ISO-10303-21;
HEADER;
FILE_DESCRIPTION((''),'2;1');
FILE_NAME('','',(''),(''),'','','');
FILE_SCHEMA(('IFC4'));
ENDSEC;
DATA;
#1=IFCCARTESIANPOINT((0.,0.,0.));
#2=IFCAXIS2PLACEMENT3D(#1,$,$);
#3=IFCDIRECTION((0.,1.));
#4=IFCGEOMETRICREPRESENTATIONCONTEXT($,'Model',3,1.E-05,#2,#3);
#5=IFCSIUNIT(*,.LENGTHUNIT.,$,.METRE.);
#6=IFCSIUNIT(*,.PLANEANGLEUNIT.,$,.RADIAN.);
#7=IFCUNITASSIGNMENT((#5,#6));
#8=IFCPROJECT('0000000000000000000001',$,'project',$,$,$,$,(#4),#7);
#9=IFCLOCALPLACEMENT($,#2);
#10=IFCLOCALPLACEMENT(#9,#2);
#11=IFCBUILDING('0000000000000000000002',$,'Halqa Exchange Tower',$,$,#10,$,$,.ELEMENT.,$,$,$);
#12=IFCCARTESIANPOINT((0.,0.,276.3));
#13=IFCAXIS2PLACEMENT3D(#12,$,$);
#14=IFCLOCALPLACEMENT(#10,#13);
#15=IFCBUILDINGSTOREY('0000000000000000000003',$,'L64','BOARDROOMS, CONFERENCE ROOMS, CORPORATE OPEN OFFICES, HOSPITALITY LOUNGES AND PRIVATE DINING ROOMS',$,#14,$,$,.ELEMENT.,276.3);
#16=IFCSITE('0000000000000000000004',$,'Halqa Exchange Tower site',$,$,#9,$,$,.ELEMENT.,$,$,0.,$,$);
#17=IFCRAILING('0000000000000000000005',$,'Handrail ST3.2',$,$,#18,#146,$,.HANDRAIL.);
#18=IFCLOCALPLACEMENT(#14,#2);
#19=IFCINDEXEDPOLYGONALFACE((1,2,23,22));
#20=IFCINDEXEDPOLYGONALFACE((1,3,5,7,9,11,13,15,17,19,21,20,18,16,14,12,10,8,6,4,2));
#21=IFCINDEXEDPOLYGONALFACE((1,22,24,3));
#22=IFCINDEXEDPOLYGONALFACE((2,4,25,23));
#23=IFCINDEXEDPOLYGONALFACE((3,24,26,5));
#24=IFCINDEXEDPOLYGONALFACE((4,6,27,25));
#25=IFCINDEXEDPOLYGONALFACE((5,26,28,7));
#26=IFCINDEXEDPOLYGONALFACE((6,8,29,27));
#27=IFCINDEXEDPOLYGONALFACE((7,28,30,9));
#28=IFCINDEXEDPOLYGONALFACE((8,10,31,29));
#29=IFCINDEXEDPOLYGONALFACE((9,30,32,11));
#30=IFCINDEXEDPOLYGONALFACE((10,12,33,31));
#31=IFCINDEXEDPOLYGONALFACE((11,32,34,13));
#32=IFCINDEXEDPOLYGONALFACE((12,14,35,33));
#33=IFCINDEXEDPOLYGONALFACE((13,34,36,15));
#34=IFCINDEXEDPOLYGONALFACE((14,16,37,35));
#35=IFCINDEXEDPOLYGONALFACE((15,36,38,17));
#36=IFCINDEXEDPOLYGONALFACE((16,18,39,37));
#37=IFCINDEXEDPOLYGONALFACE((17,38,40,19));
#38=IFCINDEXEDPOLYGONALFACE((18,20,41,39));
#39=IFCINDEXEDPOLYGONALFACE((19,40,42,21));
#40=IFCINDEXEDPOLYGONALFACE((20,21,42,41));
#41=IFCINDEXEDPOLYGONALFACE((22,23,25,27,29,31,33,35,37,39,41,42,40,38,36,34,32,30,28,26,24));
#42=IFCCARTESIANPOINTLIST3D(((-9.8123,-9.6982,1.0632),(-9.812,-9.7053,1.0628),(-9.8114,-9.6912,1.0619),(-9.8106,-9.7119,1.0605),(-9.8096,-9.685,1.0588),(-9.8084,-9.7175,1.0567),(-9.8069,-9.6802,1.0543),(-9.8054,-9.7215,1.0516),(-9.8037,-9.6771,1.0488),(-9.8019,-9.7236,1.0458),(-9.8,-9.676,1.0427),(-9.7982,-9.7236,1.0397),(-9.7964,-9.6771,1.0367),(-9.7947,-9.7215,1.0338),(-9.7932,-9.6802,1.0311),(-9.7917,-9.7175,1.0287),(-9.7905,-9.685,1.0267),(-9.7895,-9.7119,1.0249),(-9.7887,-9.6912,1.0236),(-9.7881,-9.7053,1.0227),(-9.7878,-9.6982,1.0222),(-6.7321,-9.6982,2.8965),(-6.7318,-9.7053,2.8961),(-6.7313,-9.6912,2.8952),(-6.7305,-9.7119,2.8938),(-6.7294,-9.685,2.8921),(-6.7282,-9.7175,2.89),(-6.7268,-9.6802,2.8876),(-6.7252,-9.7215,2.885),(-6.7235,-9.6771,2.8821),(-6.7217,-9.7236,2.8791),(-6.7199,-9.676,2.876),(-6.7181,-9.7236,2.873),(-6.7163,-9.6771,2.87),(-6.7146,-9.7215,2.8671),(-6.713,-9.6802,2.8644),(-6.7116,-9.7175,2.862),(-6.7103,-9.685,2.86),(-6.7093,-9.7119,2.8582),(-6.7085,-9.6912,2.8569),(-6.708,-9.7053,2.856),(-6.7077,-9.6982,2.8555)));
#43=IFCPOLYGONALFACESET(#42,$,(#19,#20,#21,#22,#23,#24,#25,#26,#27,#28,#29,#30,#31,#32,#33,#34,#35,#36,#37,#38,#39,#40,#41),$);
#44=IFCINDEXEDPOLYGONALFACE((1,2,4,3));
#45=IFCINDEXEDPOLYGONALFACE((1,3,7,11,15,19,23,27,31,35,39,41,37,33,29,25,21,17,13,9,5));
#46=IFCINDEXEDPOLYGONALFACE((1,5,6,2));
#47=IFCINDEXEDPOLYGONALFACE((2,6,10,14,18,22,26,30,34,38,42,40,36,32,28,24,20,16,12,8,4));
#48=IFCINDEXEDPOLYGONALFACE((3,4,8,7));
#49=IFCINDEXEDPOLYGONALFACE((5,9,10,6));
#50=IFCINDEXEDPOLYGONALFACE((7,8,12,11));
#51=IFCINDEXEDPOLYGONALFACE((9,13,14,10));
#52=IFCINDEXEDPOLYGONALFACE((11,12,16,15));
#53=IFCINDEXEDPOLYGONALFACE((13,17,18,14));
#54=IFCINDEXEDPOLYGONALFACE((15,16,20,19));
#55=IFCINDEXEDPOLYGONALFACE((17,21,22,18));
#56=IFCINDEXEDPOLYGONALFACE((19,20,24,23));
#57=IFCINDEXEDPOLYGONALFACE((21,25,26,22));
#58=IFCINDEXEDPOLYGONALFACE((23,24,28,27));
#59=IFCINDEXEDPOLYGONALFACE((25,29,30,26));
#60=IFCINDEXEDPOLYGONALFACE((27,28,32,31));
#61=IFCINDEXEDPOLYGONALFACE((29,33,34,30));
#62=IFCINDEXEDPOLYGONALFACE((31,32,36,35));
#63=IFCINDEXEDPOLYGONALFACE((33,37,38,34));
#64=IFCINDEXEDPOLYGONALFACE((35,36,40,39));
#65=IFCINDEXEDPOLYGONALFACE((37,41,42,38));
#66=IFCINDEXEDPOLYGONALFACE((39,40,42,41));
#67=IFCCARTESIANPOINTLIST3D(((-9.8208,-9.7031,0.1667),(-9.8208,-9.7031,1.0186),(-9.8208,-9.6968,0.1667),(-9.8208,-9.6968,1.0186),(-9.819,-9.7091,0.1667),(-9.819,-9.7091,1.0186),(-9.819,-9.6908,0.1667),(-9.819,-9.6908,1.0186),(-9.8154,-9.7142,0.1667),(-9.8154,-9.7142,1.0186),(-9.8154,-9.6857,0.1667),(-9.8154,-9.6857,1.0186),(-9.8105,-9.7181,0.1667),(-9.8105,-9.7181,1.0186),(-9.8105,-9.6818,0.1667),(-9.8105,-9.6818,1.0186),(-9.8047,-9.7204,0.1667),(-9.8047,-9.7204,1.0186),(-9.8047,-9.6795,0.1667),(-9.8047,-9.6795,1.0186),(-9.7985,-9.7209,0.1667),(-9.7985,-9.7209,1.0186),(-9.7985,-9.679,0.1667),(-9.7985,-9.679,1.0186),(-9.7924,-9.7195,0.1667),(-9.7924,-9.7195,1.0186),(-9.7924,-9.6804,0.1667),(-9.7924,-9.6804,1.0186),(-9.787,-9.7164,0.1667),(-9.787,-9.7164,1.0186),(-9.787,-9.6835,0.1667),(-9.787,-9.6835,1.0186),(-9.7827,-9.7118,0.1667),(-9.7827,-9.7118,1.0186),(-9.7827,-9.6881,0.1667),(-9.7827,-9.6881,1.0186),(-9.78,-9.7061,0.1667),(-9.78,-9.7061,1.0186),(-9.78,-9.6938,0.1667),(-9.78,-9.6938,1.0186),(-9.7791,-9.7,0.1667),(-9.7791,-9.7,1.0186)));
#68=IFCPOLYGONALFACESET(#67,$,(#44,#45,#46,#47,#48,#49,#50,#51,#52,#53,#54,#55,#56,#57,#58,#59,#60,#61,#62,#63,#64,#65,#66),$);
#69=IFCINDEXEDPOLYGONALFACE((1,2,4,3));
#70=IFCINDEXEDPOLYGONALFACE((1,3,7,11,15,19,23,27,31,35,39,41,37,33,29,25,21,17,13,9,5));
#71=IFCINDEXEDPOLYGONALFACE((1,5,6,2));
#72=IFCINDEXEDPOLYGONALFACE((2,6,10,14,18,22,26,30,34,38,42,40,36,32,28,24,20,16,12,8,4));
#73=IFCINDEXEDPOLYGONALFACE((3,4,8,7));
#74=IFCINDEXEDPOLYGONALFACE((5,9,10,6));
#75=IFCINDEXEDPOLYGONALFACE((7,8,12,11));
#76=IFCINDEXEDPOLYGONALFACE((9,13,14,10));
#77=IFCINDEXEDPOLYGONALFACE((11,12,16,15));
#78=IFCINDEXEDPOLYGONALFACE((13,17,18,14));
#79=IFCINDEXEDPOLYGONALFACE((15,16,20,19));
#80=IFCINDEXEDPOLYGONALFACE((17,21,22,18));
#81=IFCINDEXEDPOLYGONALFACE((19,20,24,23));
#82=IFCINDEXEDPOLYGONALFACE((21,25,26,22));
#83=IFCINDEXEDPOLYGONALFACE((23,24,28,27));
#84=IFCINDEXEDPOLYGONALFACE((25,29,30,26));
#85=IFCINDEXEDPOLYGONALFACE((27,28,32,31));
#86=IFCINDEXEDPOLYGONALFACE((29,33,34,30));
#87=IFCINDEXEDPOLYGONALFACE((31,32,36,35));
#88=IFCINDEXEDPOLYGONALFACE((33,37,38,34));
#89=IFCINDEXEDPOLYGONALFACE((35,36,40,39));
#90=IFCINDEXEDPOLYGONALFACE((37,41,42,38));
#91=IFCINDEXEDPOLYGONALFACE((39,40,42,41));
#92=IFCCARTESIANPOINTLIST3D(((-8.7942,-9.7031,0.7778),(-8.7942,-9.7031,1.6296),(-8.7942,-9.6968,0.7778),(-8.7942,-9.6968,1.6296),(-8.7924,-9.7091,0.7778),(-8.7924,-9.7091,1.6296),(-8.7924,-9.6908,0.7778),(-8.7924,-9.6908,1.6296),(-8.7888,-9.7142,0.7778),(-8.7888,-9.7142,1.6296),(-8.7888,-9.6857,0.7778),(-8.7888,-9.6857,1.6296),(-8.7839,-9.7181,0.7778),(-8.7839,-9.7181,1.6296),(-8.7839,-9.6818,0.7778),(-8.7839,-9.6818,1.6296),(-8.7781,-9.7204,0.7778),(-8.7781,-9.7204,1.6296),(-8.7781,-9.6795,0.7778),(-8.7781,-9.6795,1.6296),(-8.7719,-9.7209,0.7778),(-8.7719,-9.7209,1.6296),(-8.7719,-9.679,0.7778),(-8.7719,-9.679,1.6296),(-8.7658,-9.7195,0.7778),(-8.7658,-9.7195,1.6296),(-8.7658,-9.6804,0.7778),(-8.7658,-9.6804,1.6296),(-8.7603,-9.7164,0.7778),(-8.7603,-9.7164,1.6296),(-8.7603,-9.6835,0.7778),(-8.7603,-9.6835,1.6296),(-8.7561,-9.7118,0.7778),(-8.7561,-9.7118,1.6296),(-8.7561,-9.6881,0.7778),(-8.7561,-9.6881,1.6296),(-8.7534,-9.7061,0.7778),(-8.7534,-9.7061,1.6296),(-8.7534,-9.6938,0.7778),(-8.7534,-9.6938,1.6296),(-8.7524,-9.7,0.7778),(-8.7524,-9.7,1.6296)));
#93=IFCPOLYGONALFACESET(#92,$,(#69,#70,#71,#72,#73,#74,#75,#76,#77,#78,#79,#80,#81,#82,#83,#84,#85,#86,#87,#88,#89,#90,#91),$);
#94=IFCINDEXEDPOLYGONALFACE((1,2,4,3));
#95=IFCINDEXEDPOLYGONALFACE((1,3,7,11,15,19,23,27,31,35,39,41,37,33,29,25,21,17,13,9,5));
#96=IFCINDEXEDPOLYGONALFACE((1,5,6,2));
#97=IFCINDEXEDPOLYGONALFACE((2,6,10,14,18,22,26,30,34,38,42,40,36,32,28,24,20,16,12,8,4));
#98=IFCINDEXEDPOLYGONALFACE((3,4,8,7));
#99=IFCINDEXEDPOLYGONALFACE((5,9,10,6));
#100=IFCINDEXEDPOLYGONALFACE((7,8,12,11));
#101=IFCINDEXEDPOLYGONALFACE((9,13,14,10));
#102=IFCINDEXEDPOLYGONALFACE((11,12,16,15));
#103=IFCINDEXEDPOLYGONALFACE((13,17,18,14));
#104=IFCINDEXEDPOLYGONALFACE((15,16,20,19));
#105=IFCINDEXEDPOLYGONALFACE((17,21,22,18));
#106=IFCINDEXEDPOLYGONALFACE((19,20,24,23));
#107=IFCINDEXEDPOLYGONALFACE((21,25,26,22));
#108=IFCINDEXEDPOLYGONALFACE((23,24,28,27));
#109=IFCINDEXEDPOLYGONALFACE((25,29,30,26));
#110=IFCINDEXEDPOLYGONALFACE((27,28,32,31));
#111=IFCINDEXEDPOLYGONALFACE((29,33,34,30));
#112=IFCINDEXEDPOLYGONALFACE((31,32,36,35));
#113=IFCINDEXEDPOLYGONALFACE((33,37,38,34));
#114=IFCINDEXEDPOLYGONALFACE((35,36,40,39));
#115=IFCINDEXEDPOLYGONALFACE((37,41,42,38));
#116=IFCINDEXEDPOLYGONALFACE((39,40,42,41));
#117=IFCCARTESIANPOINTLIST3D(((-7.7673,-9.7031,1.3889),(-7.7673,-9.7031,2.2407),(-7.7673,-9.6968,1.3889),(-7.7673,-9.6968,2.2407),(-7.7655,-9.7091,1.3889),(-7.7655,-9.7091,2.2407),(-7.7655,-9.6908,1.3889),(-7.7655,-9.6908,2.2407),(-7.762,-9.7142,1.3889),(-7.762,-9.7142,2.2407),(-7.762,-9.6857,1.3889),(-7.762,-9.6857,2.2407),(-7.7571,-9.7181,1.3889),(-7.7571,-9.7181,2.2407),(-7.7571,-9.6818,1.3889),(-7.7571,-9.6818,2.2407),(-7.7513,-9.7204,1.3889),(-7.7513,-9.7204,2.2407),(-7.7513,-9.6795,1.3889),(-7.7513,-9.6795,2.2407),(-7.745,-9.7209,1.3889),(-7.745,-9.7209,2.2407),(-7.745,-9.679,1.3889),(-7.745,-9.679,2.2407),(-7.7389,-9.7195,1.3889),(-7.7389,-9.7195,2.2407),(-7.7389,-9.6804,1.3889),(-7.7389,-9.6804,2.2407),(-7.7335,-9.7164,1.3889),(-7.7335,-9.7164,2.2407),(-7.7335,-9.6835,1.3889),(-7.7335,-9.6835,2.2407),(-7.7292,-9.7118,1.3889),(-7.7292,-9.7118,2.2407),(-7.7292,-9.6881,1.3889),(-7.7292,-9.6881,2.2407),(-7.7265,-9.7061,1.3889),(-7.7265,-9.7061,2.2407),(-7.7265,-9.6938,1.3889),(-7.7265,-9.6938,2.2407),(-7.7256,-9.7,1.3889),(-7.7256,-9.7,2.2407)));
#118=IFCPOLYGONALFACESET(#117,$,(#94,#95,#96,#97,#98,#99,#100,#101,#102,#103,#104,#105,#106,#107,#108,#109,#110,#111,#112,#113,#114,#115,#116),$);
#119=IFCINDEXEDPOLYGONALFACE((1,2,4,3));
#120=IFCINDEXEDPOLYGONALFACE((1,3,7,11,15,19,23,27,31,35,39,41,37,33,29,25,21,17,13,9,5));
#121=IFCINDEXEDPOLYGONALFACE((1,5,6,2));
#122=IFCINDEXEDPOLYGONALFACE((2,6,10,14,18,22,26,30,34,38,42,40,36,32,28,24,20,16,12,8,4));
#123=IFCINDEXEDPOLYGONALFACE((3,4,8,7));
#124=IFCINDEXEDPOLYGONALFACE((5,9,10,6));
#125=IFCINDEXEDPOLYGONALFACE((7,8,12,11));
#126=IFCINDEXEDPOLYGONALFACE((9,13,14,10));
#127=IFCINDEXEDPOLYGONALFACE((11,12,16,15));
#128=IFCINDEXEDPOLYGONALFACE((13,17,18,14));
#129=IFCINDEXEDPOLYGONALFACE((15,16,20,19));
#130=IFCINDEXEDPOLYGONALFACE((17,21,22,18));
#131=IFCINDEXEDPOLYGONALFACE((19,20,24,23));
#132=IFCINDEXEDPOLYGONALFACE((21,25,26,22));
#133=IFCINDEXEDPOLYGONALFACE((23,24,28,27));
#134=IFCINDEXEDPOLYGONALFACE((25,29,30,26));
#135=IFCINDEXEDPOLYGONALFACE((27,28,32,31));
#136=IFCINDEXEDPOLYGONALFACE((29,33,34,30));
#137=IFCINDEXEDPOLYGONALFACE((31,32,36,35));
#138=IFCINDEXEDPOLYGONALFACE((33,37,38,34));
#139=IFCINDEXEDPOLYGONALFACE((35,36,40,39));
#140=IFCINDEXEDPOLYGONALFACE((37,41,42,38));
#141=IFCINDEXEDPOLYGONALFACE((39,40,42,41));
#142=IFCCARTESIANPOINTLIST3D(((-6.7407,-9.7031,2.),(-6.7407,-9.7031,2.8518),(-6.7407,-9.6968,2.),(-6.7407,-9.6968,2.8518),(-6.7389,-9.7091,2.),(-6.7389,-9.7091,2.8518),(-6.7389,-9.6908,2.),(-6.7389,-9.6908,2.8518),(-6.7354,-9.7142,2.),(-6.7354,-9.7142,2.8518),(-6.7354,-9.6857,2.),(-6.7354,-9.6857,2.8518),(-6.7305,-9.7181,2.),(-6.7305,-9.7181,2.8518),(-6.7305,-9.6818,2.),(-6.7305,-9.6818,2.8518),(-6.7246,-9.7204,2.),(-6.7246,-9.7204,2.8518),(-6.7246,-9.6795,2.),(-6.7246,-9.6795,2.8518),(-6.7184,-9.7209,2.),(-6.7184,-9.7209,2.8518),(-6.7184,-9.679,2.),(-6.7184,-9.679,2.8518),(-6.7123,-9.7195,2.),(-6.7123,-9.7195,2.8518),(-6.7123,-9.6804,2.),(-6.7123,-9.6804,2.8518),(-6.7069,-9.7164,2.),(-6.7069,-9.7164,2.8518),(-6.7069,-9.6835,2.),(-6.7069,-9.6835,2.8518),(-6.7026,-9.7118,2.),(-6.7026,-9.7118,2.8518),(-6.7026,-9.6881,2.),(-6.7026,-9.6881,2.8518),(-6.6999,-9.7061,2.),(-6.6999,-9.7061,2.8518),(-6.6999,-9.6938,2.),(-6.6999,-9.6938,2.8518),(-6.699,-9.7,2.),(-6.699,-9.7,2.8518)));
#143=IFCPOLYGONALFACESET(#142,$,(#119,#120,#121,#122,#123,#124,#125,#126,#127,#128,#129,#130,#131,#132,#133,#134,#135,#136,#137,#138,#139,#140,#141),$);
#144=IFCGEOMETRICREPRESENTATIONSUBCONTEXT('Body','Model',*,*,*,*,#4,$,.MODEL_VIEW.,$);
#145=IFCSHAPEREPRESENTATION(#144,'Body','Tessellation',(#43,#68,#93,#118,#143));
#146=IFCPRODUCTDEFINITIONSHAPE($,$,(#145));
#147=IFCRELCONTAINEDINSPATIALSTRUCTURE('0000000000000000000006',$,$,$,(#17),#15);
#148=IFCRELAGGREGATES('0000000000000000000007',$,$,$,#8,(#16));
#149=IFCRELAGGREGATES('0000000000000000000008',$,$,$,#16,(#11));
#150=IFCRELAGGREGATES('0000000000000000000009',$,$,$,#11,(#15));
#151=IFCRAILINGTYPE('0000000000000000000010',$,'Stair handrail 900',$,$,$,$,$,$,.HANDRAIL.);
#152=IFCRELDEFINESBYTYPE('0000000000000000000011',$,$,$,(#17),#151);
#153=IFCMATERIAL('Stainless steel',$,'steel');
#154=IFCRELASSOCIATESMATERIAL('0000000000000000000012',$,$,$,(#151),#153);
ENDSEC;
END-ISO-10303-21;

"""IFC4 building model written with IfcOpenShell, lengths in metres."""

from ifc_helpers import new_model, si_unit, direction, frame, origin, origin_2d, place, context, subcontext, project, spatial, circle, extrude, material, type_object, element, save


model = new_model("IFC4")

# Units and contexts
model_context = context("Model", 3, precision=1e-05, world=origin(), true_north=direction((0.0, 1.0)))
body_context = subcontext(model_context, "Body", "Model", "MODEL_VIEW")
ifc_project = project(units=[si_unit("LENGTHUNIT", "METRE"), si_unit("PLANEANGLEUNIT", "RADIAN")], contexts=[model_context])

# Site, building, storey
site_placement = place(None, origin())
site = spatial("IfcSite", under=ifc_project, at=site_placement, Name="Halqa Exchange Tower site", CompositionType="ELEMENT", RefElevation=0.0)
building_placement = place(site_placement, origin())
building = spatial("IfcBuilding", under=site, at=building_placement, Name="Halqa Exchange Tower", CompositionType="ELEMENT")
storey_placement = place(building_placement, frame((0.0, 0.0, 276.3)))
storey = spatial("IfcBuildingStorey", under=building, at=storey_placement, Name="L64", Description="BOARDROOMS, CONFERENCE ROOMS, CORPORATE OPEN OFFICES, HOSPITALITY LOUNGES AND PRIVATE DINING ROOMS", CompositionType="ELEMENT", Elevation=276.3)

# Shared definitions
ifc_material_1 = material(Name="Stainless steel", Category="steel")

# Railing
railing_type_1 = type_object("IfcRailingType", Name="Stair handrail 900", PredefinedType="HANDRAIL", material=ifc_material_1)
railing_1_placement = place(storey_placement, frame((-9.8, -9.7, 0.1667)))
element("IfcRailing", 1, at=railing_1_placement, inside=storey, type_object=railing_type_1, Name="Handrail ST3.2", PredefinedType="HANDRAIL", context=body_context, shape_type="SweptSolid", body=[
    extrude(circle(Radius=0.0239, at=origin_2d()), frame((0.0, 0.0, 0.876), z_axis=(0.859309, 0.0, 0.511458), x_axis=(0.0, 1.0, 0.0)), (0.0, 0.0, 1.0), 3.5845),
    extrude(circle(Radius=0.021, at=origin_2d()), origin(), (0.0, 0.0, 1.0), 0.8518),
    extrude(circle(Radius=0.021, at=origin_2d()), frame((1.0266, 0.0, 0.6111)), (0.0, 0.0, 1.0), 0.8518),
    extrude(circle(Radius=0.021, at=origin_2d()), frame((2.0535, 0.0, 1.2222)), (0.0, 0.0, 1.0), 0.8518),
    extrude(circle(Radius=0.021, at=origin_2d()), frame((3.0801, 0.0, 1.8333)), (0.0, 0.0, 1.0), 0.8518),
])

save(model, "model.ifc")
